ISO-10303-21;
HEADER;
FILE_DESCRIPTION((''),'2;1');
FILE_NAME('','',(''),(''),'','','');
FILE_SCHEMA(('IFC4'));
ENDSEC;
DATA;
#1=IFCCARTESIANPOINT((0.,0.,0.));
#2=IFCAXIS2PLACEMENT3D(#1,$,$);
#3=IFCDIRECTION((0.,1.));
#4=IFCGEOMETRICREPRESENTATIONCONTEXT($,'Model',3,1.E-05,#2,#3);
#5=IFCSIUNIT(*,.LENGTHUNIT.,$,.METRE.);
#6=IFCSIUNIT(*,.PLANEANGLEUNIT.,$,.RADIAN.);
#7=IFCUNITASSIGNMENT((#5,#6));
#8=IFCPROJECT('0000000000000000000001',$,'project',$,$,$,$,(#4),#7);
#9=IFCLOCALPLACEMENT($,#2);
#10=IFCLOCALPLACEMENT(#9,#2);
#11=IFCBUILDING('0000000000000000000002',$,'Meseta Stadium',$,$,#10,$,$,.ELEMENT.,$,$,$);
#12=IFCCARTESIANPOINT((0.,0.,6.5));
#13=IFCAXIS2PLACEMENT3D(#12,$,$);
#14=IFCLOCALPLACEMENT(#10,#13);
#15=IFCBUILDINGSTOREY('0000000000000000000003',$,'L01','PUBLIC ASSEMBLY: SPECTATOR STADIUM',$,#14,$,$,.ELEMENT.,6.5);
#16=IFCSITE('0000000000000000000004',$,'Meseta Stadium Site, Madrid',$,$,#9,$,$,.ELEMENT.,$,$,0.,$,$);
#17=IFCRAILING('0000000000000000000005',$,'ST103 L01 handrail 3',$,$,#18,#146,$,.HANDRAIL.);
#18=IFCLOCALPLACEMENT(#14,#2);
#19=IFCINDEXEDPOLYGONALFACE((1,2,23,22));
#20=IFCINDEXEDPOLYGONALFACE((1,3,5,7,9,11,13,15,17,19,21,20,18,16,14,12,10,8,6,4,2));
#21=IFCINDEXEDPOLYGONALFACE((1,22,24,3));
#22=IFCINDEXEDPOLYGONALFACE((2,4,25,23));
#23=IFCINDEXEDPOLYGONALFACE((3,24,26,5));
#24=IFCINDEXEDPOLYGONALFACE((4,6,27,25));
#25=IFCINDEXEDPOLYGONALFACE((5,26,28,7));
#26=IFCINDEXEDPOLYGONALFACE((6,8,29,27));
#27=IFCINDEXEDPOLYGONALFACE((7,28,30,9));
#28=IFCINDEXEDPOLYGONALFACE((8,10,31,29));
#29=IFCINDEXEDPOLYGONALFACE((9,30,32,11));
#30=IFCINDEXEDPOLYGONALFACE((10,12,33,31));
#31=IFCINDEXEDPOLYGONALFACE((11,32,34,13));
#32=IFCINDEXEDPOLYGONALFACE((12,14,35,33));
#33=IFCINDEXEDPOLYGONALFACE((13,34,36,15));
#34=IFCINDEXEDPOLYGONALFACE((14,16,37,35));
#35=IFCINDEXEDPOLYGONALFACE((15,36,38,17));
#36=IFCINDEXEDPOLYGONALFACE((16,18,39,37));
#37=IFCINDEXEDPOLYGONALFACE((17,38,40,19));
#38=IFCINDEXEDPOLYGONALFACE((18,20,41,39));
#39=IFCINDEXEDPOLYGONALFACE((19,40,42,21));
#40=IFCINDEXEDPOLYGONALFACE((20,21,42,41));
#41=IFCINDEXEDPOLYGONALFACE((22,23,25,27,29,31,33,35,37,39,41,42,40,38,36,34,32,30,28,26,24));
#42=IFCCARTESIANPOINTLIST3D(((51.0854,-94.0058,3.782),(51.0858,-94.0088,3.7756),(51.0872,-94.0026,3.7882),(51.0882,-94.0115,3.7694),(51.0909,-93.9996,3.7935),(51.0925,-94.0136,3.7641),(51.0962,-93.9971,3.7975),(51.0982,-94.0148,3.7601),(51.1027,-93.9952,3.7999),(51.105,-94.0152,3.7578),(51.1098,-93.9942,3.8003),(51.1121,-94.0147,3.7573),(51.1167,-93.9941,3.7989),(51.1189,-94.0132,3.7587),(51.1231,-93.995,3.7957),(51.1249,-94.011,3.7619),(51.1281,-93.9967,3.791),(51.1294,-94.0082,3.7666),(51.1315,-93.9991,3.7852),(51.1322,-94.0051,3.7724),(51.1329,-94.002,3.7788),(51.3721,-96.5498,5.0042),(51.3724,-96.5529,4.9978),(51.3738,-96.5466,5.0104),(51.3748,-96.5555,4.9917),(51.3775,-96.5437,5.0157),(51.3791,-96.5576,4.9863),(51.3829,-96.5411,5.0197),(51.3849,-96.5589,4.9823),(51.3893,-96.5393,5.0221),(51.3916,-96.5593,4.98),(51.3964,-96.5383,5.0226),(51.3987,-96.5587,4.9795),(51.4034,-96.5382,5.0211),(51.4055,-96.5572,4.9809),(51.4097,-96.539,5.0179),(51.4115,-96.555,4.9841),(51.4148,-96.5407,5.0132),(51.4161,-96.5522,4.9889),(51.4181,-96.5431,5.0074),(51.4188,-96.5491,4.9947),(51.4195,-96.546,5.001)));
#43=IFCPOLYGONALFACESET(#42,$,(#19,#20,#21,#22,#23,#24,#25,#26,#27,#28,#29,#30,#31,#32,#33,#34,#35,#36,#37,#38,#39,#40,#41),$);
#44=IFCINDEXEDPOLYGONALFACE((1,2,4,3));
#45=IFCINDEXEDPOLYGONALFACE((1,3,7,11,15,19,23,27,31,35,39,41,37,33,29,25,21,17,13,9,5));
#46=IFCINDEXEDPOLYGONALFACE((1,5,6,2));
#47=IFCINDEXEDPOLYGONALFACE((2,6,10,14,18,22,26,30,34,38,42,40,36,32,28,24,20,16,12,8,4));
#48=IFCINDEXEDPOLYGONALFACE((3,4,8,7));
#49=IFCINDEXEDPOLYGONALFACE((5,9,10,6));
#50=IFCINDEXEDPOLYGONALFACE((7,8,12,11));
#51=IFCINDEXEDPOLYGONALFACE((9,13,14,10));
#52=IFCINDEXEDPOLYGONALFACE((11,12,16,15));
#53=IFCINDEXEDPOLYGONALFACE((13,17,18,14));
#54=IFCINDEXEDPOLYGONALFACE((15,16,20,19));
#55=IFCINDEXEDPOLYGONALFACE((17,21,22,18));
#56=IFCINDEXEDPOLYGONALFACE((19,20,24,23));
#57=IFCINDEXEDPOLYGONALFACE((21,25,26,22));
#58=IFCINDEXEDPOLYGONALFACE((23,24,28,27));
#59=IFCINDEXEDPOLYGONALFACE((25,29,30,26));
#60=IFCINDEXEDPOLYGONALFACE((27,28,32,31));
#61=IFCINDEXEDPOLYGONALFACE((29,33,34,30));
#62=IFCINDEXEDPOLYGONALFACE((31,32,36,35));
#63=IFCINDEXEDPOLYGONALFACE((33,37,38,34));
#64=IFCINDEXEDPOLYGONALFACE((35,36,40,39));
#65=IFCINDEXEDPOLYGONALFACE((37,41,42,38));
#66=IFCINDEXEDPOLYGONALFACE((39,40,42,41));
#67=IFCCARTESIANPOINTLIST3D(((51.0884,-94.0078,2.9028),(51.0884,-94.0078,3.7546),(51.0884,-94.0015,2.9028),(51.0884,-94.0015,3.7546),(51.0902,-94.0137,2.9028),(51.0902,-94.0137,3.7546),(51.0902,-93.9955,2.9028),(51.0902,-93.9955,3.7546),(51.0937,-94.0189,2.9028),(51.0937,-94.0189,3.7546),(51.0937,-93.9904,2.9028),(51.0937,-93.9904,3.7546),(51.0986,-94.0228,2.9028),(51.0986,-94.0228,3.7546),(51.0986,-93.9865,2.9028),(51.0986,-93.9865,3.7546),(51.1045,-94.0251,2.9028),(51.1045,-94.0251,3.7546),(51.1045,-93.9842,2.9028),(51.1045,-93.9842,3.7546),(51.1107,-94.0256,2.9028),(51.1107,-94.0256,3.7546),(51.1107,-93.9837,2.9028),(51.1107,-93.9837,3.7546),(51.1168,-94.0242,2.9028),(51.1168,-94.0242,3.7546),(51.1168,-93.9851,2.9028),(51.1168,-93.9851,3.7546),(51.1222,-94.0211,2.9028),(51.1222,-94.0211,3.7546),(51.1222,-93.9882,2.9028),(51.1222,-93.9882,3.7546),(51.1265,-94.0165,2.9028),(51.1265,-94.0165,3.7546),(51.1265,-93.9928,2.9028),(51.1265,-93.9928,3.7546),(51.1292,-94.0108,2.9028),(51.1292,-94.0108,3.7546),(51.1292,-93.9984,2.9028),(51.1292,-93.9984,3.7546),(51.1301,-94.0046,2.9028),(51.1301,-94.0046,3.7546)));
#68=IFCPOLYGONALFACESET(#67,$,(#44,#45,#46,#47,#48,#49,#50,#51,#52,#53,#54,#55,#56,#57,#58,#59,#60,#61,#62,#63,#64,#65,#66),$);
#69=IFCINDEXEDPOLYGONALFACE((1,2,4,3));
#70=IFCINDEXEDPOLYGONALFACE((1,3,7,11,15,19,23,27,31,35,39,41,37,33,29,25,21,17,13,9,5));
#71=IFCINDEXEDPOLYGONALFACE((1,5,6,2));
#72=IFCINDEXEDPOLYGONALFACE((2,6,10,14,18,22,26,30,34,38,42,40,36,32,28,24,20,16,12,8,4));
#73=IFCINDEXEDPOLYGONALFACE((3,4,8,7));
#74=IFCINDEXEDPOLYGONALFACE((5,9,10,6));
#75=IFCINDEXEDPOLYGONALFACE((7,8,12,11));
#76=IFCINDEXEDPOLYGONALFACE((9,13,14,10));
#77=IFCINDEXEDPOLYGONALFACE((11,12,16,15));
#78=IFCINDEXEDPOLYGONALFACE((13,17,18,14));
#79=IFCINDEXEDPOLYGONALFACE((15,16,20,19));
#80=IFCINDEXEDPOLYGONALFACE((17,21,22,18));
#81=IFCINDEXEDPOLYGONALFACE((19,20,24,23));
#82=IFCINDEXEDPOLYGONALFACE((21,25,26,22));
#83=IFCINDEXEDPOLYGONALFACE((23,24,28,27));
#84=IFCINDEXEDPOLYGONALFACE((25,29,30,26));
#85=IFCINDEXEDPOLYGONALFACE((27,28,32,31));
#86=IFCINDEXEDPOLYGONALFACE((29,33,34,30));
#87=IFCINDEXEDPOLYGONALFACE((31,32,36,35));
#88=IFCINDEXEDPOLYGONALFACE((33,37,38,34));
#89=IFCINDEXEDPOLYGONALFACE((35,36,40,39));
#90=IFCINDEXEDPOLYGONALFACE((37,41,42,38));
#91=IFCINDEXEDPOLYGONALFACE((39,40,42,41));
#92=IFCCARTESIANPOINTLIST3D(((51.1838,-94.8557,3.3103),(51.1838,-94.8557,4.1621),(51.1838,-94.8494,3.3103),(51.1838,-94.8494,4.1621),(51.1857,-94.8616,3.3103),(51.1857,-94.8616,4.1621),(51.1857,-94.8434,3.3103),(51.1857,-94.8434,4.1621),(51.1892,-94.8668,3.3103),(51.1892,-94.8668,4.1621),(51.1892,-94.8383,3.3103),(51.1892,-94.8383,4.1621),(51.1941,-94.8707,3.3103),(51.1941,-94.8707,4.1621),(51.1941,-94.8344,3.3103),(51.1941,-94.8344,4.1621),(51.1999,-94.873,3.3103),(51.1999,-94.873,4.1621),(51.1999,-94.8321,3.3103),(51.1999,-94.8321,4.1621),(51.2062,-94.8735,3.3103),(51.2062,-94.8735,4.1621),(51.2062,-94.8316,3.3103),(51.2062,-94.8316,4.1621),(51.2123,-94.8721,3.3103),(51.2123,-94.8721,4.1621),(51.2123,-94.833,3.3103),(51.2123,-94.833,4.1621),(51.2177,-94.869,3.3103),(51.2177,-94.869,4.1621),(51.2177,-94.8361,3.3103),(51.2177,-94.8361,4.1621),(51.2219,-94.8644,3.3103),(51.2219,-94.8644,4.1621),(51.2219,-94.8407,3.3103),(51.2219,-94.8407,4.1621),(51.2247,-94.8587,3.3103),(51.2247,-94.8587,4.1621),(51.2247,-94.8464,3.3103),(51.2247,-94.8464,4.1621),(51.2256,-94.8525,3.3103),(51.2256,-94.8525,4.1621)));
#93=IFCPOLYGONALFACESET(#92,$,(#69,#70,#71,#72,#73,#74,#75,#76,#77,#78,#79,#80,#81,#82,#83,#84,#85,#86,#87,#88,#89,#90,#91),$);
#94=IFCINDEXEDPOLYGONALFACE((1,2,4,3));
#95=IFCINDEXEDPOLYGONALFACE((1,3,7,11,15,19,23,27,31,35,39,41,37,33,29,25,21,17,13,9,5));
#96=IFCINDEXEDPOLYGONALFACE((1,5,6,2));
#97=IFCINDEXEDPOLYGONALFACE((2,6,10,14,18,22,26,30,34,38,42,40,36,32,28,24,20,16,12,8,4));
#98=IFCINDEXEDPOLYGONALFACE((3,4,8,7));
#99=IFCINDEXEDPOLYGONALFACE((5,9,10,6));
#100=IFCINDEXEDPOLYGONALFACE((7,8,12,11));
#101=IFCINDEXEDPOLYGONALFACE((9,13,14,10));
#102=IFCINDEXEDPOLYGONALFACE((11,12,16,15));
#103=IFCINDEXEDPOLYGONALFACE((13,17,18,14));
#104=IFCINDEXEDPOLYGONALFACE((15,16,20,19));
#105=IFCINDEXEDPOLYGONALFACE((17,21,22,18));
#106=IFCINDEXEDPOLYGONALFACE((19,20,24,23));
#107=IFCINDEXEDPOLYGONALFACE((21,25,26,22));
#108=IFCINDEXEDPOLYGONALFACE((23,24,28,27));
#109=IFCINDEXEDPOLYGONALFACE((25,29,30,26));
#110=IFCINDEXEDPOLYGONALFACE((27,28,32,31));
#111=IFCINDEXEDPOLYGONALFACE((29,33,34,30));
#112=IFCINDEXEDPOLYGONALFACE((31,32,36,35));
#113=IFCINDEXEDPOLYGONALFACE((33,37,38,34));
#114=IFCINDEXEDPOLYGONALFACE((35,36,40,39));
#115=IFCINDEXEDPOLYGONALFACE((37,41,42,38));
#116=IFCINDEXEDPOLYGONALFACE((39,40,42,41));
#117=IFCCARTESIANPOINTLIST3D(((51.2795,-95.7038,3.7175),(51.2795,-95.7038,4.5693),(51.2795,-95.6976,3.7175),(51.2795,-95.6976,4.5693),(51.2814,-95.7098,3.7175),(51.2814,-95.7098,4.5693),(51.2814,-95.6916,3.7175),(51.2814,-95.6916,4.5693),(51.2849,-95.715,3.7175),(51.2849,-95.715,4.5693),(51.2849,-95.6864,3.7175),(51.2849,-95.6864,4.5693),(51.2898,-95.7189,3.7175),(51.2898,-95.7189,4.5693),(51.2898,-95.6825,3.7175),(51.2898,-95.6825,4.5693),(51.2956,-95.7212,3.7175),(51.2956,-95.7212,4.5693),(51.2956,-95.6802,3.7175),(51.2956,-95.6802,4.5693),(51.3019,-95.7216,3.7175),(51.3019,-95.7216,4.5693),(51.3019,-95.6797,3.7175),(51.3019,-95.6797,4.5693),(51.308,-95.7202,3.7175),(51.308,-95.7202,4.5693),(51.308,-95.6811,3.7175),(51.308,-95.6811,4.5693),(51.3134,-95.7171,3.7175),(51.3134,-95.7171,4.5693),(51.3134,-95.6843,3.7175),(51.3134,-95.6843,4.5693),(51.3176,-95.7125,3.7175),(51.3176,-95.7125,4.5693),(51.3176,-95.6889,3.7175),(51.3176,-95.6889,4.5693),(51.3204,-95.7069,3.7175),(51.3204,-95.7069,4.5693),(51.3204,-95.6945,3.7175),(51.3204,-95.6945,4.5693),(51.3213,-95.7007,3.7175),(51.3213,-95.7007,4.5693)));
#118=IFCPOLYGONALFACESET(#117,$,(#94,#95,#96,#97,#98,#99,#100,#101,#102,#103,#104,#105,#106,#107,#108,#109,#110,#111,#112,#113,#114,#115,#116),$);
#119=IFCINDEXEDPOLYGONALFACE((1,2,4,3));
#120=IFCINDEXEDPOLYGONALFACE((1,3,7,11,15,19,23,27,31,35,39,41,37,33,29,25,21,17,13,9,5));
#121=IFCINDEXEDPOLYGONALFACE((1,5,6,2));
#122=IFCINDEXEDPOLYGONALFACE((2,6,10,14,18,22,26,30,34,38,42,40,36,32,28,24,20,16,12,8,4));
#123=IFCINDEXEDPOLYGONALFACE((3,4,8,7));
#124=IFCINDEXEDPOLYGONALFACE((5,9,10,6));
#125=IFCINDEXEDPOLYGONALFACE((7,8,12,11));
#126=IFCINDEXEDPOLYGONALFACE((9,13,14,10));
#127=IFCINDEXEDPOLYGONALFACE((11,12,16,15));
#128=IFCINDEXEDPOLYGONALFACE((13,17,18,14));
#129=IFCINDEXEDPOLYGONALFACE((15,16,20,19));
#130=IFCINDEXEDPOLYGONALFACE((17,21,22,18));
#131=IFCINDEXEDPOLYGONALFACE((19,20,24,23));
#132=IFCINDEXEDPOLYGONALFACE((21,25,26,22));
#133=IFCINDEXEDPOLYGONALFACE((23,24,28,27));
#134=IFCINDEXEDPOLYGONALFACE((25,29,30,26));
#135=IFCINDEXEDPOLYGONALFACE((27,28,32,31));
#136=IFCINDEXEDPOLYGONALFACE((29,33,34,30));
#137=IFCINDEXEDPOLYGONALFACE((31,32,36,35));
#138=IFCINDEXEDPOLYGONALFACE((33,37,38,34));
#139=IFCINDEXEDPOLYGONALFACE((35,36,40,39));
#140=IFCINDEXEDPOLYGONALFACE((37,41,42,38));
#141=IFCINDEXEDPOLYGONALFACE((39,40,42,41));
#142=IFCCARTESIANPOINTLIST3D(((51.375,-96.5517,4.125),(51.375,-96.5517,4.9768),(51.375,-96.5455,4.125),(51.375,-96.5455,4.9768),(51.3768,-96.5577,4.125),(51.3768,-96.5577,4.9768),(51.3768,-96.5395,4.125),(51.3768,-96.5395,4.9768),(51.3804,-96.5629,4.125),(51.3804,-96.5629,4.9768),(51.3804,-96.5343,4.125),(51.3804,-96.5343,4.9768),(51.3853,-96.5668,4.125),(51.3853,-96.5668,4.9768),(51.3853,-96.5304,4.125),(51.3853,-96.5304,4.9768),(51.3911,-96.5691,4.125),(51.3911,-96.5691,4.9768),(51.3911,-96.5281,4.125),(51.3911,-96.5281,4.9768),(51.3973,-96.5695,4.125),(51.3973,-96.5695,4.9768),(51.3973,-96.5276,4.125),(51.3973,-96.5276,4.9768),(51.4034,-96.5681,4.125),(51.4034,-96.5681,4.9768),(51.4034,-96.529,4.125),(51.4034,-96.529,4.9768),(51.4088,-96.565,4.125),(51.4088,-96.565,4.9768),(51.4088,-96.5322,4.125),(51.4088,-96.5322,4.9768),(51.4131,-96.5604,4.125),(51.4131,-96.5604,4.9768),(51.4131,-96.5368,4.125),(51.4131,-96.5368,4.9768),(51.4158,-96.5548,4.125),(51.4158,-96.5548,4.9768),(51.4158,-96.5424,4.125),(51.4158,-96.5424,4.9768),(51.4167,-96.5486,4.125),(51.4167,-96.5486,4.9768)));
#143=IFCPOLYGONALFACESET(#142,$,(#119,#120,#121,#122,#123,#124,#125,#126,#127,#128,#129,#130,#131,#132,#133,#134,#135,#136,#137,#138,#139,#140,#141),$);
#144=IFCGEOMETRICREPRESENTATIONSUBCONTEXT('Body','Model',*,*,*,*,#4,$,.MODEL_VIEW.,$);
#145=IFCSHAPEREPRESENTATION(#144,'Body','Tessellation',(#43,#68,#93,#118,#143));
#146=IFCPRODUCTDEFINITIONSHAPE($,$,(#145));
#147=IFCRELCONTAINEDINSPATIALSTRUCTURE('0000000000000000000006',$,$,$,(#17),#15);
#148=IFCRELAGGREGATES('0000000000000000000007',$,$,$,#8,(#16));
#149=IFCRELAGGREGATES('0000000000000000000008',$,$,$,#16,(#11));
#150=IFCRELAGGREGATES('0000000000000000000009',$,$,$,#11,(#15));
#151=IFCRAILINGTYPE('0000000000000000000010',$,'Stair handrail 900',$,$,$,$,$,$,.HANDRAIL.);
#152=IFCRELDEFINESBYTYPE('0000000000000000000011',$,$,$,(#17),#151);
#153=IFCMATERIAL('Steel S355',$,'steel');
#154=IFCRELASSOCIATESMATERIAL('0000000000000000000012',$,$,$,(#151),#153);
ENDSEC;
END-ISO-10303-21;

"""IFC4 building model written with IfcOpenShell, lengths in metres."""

from ifc_helpers import new_model, si_unit, direction, frame, origin, origin_2d, place, context, subcontext, project, spatial, circle, extrude, material, type_object, element, save


model = new_model("IFC4")

# Units and contexts
model_context = context("Model", 3, precision=1e-05, world=origin(), true_north=direction((0.0, 1.0)))
body_context = subcontext(model_context, "Body", "Model", "MODEL_VIEW")
ifc_project = project(units=[si_unit("LENGTHUNIT", "METRE"), si_unit("PLANEANGLEUNIT", "RADIAN")], contexts=[model_context])

# Site, building, storey
site_placement = place(None, origin())
site = spatial("IfcSite", under=ifc_project, at=site_placement, Name="Meseta Stadium Site, Madrid", CompositionType="ELEMENT", RefElevation=0.0)
building_placement = place(site_placement, origin())
building = spatial("IfcBuilding", under=site, at=building_placement, Name="Meseta Stadium", CompositionType="ELEMENT")
storey_placement = place(building_placement, frame((0.0, 0.0, 6.5)))
storey = spatial("IfcBuildingStorey", under=building, at=storey_placement, Name="L01", Description="PUBLIC ASSEMBLY: SPECTATOR STADIUM", CompositionType="ELEMENT", Elevation=6.5)

# Railing
ifc_material_1 = material(Name="Steel S355", Category="steel")
railing_type_1 = type_object("IfcRailingType", Name="Stair handrail 900", PredefinedType="HANDRAIL", material=ifc_material_1)
railing_1_placement = place(storey_placement, frame((51.1091, -94.0046, 2.9028)))
element("IfcRailing", 1, at=railing_1_placement, inside=storey, type_object=railing_type_1, Name="ST103 L01 handrail 3", PredefinedType="HANDRAIL", context=body_context, shape_type="SweptSolid", body=[
    extrude(circle(Radius=0.0239, at=origin_2d()), frame((0.0, 0.0, 0.876), z_axis=(0.101036, -0.896762, 0.430824), x_axis=(0.993713, 0.11196, 0.0)), (0.0, 0.0, 1.0), 2.8369),
    extrude(circle(Radius=0.021, at=origin_2d()), origin(), (0.0, 0.0, 1.0), 0.8518),
    extrude(circle(Radius=0.021, at=origin_2d()), frame((0.0955, -0.8479, 0.4075)), (0.0, 0.0, 1.0), 0.8518),
    extrude(circle(Radius=0.021, at=origin_2d()), frame((0.1912, -1.696, 0.8147)), (0.0, 0.0, 1.0), 0.8518),
    extrude(circle(Radius=0.021, at=origin_2d()), frame((0.2866, -2.5439, 1.2222)), (0.0, 0.0, 1.0), 0.8518),
])

save(model, "model.ifc")
